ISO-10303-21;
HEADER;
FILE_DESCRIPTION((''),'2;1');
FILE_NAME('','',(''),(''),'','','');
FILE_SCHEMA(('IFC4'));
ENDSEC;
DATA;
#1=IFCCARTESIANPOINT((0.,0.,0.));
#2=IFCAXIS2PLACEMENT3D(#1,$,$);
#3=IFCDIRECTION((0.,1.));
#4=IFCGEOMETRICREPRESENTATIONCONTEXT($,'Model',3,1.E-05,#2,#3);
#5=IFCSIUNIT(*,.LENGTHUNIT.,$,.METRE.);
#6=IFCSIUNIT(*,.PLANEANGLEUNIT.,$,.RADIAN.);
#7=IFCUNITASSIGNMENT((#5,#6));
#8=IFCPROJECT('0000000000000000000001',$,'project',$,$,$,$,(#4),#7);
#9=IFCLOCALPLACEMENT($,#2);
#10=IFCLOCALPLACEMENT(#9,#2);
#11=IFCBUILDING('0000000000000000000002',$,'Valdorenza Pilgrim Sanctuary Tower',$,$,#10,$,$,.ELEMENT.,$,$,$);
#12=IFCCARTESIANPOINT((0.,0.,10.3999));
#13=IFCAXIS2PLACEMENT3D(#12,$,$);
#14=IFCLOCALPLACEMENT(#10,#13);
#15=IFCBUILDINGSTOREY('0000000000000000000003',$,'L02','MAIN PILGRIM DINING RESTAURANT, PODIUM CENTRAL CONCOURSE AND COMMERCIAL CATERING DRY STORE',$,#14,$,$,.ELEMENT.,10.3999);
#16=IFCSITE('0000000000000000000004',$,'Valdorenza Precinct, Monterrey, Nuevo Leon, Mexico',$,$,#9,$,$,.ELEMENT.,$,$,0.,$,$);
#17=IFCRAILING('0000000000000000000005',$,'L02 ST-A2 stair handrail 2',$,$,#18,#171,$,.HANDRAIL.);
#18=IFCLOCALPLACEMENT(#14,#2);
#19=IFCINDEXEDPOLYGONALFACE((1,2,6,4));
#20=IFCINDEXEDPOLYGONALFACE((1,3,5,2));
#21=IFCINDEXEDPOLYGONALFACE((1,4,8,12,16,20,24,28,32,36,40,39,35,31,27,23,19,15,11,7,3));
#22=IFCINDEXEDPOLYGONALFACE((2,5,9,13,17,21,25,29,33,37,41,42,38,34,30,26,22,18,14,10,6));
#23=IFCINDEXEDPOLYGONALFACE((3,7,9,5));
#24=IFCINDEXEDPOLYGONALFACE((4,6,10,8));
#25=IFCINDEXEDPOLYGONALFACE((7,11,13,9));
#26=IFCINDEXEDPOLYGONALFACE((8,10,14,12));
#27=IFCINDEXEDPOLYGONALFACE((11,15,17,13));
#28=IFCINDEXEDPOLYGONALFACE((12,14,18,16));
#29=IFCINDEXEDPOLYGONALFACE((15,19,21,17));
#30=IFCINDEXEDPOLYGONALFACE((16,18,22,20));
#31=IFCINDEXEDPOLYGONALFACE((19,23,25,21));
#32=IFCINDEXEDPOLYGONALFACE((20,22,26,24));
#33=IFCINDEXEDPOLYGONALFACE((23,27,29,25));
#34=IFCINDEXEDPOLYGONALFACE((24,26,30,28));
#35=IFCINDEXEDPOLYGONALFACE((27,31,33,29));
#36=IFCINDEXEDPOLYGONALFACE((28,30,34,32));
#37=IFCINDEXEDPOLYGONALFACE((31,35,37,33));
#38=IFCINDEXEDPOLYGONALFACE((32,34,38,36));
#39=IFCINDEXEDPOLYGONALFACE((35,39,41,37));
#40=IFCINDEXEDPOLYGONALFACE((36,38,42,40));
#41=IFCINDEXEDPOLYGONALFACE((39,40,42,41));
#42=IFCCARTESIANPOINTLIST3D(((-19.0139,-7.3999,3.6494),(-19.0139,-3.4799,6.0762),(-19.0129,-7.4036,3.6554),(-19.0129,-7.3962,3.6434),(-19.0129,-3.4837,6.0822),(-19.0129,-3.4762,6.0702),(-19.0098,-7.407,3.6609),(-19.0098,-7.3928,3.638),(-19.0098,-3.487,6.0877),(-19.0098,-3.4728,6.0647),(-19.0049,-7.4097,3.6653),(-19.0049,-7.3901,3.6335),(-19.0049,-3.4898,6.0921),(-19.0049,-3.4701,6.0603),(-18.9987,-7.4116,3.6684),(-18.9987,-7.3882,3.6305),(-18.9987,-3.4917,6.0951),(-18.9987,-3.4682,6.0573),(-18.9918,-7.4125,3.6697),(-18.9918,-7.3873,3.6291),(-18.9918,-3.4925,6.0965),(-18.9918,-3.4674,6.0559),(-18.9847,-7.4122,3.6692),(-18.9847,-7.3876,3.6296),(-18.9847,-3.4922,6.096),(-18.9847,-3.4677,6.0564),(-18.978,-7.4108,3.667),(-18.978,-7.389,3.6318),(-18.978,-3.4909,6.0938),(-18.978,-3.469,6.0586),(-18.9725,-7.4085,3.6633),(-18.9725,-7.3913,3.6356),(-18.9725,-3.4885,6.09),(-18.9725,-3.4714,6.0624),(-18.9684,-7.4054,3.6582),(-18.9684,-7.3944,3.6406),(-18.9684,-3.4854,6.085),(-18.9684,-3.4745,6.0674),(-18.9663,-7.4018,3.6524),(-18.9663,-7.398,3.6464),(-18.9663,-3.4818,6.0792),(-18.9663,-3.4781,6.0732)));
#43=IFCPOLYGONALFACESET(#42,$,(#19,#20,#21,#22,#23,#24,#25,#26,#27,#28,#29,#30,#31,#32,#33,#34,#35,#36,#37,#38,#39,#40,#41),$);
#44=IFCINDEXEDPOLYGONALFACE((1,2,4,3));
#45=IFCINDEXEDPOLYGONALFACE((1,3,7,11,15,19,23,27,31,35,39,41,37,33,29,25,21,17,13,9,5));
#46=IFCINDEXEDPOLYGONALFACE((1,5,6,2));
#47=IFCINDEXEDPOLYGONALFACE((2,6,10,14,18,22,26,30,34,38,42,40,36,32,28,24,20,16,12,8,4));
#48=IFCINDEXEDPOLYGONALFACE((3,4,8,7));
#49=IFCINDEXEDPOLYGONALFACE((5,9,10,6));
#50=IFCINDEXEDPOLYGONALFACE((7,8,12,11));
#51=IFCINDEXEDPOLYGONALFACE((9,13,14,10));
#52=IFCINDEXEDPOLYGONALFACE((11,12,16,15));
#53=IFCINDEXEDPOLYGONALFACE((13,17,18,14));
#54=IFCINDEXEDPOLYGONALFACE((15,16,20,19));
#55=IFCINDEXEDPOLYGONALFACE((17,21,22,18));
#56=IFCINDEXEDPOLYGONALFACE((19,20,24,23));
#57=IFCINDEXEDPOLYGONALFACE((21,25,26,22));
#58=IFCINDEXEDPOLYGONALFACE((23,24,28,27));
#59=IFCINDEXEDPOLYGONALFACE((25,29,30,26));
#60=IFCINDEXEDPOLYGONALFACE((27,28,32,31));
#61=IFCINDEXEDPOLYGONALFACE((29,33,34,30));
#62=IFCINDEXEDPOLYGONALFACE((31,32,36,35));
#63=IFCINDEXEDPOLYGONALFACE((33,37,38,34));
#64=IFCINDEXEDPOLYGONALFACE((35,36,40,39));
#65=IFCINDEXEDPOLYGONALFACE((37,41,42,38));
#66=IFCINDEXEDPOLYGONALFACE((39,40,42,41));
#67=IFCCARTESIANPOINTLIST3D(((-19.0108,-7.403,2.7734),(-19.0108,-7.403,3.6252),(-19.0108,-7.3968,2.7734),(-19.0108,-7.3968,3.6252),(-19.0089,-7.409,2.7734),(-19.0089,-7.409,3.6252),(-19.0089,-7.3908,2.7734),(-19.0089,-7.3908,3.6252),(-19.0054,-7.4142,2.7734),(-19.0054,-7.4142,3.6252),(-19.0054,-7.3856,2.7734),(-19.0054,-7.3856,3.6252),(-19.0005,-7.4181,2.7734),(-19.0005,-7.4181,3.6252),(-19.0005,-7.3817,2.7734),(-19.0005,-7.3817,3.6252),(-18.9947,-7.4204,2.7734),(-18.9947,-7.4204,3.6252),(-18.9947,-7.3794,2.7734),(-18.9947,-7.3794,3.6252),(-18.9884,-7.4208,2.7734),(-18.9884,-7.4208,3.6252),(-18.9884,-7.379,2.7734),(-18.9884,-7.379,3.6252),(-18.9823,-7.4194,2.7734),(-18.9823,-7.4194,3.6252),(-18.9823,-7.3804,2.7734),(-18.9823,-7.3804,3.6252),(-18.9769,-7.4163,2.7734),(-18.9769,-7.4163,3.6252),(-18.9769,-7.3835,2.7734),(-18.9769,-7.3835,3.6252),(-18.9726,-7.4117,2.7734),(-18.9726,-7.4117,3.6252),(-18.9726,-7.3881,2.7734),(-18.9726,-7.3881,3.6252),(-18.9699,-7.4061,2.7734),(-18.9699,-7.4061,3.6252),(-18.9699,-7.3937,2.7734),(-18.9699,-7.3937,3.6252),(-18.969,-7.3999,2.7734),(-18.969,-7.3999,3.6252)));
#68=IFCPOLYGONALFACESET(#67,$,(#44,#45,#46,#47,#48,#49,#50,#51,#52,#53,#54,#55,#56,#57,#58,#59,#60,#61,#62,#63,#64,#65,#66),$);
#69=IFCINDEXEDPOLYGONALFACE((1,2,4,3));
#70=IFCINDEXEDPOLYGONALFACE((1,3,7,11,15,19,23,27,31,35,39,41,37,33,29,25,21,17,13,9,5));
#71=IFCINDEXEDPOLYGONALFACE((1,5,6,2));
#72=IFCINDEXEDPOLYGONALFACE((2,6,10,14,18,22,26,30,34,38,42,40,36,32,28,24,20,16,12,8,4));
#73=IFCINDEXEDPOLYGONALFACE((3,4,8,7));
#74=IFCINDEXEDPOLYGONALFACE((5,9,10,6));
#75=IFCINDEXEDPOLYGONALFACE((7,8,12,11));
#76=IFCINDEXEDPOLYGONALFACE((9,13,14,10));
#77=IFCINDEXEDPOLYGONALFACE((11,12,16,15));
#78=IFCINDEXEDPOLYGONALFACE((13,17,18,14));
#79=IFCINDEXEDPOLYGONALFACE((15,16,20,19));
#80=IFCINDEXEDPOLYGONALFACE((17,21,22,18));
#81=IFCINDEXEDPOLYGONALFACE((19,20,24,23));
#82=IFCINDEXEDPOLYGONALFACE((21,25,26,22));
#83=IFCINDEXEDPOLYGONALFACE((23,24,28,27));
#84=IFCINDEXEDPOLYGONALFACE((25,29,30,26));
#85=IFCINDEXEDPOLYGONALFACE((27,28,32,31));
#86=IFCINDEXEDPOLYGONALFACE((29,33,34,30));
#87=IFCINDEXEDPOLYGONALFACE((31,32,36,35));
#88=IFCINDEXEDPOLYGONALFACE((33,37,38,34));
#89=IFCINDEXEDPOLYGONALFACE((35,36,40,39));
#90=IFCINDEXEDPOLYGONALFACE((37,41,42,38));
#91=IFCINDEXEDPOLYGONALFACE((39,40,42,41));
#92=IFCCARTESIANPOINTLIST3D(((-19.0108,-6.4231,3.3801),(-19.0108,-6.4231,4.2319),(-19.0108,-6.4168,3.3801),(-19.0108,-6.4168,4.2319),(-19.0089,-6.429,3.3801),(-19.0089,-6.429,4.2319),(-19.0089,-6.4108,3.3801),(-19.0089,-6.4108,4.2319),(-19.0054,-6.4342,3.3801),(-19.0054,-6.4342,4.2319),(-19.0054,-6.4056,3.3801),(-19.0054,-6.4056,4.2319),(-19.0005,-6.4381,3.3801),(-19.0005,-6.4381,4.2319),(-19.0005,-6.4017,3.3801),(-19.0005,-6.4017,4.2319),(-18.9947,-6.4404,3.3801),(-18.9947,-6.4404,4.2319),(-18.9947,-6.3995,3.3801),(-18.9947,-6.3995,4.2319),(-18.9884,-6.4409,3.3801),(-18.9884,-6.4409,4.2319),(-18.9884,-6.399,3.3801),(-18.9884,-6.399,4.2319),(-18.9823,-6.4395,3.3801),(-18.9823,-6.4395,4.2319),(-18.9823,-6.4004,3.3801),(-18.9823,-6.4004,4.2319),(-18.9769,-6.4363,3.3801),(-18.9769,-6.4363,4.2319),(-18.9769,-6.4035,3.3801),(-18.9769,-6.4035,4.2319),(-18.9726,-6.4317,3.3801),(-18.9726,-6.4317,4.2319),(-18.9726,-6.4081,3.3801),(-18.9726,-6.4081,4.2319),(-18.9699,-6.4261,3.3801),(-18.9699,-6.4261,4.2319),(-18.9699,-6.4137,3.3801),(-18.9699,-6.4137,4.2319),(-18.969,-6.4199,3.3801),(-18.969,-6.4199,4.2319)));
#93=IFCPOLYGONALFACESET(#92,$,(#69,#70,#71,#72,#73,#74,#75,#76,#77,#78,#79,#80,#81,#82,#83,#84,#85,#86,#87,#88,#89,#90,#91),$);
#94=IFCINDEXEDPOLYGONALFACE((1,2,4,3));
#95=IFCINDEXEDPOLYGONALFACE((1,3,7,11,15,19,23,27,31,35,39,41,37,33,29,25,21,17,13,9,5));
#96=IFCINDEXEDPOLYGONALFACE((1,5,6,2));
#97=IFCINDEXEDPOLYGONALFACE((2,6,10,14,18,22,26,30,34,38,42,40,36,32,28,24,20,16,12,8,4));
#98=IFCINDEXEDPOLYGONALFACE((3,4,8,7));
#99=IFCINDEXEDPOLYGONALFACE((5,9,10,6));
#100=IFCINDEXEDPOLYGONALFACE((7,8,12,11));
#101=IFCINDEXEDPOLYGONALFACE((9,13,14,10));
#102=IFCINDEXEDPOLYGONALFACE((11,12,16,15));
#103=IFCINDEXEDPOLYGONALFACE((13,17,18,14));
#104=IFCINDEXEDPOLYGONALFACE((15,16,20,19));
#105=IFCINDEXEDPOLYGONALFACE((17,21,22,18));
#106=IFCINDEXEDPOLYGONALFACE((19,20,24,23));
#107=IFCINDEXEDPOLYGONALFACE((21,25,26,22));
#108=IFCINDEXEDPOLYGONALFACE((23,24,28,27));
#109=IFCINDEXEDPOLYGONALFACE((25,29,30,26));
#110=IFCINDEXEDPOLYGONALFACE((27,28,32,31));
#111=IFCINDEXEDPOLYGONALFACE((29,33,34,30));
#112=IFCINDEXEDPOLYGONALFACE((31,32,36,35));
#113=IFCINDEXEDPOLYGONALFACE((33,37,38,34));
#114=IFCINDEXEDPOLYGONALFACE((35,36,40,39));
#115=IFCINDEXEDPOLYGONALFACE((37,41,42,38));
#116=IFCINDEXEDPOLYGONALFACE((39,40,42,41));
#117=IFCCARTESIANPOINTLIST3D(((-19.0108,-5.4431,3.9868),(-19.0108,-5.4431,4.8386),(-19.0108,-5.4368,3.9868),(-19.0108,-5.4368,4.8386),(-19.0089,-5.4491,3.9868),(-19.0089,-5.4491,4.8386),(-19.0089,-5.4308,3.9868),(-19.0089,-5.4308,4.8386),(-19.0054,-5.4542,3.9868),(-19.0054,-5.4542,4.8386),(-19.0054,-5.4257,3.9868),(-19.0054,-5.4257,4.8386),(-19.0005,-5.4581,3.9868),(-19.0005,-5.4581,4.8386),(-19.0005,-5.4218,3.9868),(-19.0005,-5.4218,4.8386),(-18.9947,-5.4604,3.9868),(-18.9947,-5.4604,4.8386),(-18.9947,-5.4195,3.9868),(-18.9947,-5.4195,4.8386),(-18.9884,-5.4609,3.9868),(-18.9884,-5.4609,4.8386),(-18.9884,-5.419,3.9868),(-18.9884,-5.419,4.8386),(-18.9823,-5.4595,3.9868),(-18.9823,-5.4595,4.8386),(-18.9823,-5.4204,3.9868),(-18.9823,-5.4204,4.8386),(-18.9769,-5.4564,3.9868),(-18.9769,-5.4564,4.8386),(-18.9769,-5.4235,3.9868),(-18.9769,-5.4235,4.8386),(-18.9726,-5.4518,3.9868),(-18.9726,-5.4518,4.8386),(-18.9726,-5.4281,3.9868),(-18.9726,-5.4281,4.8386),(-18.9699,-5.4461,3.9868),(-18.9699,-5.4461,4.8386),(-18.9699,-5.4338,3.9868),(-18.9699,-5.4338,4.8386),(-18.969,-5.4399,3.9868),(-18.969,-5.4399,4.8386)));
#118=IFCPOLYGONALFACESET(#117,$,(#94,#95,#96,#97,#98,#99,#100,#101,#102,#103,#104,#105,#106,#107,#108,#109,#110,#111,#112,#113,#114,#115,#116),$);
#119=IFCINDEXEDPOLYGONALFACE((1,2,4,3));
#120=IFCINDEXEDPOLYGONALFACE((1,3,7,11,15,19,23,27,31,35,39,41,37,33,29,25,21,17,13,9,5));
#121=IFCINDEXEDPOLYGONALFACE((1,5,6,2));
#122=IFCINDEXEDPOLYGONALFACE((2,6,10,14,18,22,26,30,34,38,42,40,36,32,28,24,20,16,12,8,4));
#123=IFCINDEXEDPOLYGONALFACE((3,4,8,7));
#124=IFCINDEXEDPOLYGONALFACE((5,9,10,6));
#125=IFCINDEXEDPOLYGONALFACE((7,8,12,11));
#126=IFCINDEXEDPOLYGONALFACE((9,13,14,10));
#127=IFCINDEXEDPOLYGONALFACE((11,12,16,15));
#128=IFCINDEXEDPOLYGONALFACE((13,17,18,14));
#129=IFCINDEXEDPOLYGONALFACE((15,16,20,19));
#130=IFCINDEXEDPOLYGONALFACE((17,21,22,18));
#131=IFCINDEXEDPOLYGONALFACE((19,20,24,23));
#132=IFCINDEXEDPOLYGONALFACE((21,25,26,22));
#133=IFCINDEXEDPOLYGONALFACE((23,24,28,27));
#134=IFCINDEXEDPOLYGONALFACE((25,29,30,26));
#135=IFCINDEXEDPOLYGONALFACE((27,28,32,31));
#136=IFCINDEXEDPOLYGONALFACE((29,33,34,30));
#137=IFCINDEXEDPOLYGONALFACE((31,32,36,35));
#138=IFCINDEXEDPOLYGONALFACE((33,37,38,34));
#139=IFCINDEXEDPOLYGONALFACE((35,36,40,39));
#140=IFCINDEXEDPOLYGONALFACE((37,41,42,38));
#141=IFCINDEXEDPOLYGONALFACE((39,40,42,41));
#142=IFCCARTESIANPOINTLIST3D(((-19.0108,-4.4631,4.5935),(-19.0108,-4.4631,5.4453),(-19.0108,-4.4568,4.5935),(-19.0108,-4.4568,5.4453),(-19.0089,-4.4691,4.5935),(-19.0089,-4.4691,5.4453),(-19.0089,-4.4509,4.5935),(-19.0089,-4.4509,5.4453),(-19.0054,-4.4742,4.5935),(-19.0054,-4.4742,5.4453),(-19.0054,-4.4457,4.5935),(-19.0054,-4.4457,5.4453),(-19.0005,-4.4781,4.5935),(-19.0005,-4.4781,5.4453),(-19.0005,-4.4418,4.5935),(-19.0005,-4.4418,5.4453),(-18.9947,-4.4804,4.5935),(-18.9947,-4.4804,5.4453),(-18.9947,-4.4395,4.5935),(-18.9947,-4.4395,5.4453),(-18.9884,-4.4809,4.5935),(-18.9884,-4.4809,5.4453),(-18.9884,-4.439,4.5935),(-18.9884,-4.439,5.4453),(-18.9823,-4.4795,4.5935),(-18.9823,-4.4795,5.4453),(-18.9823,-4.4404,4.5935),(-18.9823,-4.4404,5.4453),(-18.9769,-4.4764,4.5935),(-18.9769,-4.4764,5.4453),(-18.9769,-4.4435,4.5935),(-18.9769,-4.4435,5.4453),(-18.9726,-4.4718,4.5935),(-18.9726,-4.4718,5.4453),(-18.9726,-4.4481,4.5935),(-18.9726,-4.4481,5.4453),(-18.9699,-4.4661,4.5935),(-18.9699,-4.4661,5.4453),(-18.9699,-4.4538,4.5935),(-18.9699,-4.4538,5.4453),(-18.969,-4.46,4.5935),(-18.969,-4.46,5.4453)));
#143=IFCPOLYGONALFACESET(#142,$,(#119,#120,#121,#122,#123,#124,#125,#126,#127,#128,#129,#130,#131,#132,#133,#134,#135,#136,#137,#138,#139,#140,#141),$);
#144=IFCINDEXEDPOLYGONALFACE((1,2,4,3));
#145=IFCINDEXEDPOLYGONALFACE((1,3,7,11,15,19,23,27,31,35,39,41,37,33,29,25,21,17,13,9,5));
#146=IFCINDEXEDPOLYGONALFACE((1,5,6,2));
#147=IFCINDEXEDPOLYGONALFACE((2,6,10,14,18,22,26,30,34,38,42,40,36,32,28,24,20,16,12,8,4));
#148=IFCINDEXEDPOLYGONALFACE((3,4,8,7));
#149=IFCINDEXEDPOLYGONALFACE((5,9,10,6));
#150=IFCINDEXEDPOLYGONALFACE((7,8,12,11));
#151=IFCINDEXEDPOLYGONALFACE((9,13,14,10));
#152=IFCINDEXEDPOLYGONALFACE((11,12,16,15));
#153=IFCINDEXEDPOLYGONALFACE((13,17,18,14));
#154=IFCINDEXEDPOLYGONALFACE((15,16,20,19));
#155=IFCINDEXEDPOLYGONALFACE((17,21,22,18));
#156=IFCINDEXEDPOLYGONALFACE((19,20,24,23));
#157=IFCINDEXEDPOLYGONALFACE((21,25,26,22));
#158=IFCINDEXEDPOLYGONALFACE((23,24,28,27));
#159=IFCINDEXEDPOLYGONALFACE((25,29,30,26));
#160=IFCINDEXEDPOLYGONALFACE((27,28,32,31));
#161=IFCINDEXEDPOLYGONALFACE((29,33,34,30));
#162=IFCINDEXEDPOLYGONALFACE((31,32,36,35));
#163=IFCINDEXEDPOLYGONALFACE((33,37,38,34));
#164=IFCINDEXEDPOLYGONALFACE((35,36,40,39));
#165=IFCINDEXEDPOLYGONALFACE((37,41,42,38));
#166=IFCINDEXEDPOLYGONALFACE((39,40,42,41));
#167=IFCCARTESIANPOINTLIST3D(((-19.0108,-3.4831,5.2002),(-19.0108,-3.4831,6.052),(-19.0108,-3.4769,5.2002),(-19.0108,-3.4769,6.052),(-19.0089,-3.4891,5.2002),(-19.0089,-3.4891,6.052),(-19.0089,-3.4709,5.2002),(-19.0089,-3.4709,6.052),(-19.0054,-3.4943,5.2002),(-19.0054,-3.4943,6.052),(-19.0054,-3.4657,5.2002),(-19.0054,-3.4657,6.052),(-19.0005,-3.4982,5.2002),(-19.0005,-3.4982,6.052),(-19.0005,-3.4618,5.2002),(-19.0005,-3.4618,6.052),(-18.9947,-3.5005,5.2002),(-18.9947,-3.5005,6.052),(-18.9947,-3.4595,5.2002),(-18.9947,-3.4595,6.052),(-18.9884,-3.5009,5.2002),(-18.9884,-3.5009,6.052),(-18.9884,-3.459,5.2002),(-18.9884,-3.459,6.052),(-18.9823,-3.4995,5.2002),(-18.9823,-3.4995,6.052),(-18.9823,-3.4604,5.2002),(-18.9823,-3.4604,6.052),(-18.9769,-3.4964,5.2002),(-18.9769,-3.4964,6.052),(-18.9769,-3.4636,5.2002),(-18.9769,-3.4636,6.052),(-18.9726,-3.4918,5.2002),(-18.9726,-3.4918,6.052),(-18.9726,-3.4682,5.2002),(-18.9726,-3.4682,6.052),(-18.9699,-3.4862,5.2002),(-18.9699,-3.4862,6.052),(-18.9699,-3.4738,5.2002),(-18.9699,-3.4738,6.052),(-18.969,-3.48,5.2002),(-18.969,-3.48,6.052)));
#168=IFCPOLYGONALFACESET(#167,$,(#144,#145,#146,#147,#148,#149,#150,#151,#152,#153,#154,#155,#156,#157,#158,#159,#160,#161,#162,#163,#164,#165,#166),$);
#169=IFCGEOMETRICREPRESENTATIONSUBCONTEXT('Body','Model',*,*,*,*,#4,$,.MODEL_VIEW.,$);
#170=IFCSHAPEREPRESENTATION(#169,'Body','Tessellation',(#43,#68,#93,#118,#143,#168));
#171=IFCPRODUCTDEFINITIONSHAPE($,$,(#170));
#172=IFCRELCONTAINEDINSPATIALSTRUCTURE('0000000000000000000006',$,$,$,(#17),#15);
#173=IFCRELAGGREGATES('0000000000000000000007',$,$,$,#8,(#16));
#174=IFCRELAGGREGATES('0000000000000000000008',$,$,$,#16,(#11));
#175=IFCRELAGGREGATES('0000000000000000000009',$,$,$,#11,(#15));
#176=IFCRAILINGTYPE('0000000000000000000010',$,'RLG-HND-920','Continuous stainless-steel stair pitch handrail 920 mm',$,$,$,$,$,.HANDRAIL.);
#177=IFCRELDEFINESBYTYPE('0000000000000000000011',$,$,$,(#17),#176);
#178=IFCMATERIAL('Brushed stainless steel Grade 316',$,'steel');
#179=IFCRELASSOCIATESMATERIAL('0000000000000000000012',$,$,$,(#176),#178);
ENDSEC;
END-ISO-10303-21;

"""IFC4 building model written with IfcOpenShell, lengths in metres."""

from ifc_helpers import new_model, si_unit, direction, frame, origin, origin_2d, place, context, subcontext, project, spatial, circle, extrude, material, type_object, element, save


model = new_model("IFC4")

# Units and contexts
model_context = context("Model", 3, precision=1e-05, world=origin(), true_north=direction((0.0, 1.0)))
body_context = subcontext(model_context, "Body", "Model", "MODEL_VIEW")
ifc_project = project(units=[si_unit("LENGTHUNIT", "METRE"), si_unit("PLANEANGLEUNIT", "RADIAN")], contexts=[model_context])

# Site, building, storey
site_placement = place(None, origin())
site = spatial("IfcSite", under=ifc_project, at=site_placement, Name="Valdorenza Precinct, Monterrey, Nuevo Leon, Mexico", CompositionType="ELEMENT", RefElevation=0.0)
building_placement = place(site_placement, origin())
building = spatial("IfcBuilding", under=site, at=building_placement, Name="Valdorenza Pilgrim Sanctuary Tower", CompositionType="ELEMENT")
storey_placement = place(building_placement, frame((0.0, 0.0, 10.3999)))
storey = spatial("IfcBuildingStorey", under=building, at=storey_placement, Name="L02", Description="MAIN PILGRIM DINING RESTAURANT, PODIUM CENTRAL CONCOURSE AND COMMERCIAL CATERING DRY STORE", CompositionType="ELEMENT", Elevation=10.3999)

# Shared definitions
ifc_material_1 = material(Name="Brushed stainless steel Grade 316", Category="steel")

# Railing
railing_type = type_object("IfcRailingType", Name="RLG-HND-920", Description="Continuous stainless-steel stair pitch handrail 920 mm", PredefinedType="HANDRAIL", material=ifc_material_1)
railing_placement = place(storey_placement, frame((-18.99, -7.3999, 2.7734)))
element("IfcRailing", 1, at=railing_placement, inside=storey, type_object=railing_type, Name="L02 ST-A2 stair handrail 2", PredefinedType="HANDRAIL", context=body_context, shape_type="SweptSolid", body=[
    extrude(circle(Radius=0.0239, at=origin_2d()), frame((0.0, 0.0, 0.876), z_axis=(0.0, 0.850252, 0.526376), x_axis=(-1.0, 0.0, 0.0)), (0.0, 0.0, 1.0), 4.6104),
    extrude(circle(Radius=0.021, at=origin_2d()), origin(), (0.0, 0.0, 1.0), 0.8518),
    extrude(circle(Radius=0.021, at=origin_2d()), frame((0.0, 0.98, 0.6067)), (0.0, 0.0, 1.0), 0.8518),
    extrude(circle(Radius=0.021, at=origin_2d()), frame((0.0, 1.96, 1.2134)), (0.0, 0.0, 1.0), 0.8518),
    extrude(circle(Radius=0.021, at=origin_2d()), frame((0.0, 2.9399, 1.8201)), (0.0, 0.0, 1.0), 0.8518),
    extrude(circle(Radius=0.021, at=origin_2d()), frame((0.0, 3.9199, 2.4268)), (0.0, 0.0, 1.0), 0.8518),
])

save(model, "model.ifc")
